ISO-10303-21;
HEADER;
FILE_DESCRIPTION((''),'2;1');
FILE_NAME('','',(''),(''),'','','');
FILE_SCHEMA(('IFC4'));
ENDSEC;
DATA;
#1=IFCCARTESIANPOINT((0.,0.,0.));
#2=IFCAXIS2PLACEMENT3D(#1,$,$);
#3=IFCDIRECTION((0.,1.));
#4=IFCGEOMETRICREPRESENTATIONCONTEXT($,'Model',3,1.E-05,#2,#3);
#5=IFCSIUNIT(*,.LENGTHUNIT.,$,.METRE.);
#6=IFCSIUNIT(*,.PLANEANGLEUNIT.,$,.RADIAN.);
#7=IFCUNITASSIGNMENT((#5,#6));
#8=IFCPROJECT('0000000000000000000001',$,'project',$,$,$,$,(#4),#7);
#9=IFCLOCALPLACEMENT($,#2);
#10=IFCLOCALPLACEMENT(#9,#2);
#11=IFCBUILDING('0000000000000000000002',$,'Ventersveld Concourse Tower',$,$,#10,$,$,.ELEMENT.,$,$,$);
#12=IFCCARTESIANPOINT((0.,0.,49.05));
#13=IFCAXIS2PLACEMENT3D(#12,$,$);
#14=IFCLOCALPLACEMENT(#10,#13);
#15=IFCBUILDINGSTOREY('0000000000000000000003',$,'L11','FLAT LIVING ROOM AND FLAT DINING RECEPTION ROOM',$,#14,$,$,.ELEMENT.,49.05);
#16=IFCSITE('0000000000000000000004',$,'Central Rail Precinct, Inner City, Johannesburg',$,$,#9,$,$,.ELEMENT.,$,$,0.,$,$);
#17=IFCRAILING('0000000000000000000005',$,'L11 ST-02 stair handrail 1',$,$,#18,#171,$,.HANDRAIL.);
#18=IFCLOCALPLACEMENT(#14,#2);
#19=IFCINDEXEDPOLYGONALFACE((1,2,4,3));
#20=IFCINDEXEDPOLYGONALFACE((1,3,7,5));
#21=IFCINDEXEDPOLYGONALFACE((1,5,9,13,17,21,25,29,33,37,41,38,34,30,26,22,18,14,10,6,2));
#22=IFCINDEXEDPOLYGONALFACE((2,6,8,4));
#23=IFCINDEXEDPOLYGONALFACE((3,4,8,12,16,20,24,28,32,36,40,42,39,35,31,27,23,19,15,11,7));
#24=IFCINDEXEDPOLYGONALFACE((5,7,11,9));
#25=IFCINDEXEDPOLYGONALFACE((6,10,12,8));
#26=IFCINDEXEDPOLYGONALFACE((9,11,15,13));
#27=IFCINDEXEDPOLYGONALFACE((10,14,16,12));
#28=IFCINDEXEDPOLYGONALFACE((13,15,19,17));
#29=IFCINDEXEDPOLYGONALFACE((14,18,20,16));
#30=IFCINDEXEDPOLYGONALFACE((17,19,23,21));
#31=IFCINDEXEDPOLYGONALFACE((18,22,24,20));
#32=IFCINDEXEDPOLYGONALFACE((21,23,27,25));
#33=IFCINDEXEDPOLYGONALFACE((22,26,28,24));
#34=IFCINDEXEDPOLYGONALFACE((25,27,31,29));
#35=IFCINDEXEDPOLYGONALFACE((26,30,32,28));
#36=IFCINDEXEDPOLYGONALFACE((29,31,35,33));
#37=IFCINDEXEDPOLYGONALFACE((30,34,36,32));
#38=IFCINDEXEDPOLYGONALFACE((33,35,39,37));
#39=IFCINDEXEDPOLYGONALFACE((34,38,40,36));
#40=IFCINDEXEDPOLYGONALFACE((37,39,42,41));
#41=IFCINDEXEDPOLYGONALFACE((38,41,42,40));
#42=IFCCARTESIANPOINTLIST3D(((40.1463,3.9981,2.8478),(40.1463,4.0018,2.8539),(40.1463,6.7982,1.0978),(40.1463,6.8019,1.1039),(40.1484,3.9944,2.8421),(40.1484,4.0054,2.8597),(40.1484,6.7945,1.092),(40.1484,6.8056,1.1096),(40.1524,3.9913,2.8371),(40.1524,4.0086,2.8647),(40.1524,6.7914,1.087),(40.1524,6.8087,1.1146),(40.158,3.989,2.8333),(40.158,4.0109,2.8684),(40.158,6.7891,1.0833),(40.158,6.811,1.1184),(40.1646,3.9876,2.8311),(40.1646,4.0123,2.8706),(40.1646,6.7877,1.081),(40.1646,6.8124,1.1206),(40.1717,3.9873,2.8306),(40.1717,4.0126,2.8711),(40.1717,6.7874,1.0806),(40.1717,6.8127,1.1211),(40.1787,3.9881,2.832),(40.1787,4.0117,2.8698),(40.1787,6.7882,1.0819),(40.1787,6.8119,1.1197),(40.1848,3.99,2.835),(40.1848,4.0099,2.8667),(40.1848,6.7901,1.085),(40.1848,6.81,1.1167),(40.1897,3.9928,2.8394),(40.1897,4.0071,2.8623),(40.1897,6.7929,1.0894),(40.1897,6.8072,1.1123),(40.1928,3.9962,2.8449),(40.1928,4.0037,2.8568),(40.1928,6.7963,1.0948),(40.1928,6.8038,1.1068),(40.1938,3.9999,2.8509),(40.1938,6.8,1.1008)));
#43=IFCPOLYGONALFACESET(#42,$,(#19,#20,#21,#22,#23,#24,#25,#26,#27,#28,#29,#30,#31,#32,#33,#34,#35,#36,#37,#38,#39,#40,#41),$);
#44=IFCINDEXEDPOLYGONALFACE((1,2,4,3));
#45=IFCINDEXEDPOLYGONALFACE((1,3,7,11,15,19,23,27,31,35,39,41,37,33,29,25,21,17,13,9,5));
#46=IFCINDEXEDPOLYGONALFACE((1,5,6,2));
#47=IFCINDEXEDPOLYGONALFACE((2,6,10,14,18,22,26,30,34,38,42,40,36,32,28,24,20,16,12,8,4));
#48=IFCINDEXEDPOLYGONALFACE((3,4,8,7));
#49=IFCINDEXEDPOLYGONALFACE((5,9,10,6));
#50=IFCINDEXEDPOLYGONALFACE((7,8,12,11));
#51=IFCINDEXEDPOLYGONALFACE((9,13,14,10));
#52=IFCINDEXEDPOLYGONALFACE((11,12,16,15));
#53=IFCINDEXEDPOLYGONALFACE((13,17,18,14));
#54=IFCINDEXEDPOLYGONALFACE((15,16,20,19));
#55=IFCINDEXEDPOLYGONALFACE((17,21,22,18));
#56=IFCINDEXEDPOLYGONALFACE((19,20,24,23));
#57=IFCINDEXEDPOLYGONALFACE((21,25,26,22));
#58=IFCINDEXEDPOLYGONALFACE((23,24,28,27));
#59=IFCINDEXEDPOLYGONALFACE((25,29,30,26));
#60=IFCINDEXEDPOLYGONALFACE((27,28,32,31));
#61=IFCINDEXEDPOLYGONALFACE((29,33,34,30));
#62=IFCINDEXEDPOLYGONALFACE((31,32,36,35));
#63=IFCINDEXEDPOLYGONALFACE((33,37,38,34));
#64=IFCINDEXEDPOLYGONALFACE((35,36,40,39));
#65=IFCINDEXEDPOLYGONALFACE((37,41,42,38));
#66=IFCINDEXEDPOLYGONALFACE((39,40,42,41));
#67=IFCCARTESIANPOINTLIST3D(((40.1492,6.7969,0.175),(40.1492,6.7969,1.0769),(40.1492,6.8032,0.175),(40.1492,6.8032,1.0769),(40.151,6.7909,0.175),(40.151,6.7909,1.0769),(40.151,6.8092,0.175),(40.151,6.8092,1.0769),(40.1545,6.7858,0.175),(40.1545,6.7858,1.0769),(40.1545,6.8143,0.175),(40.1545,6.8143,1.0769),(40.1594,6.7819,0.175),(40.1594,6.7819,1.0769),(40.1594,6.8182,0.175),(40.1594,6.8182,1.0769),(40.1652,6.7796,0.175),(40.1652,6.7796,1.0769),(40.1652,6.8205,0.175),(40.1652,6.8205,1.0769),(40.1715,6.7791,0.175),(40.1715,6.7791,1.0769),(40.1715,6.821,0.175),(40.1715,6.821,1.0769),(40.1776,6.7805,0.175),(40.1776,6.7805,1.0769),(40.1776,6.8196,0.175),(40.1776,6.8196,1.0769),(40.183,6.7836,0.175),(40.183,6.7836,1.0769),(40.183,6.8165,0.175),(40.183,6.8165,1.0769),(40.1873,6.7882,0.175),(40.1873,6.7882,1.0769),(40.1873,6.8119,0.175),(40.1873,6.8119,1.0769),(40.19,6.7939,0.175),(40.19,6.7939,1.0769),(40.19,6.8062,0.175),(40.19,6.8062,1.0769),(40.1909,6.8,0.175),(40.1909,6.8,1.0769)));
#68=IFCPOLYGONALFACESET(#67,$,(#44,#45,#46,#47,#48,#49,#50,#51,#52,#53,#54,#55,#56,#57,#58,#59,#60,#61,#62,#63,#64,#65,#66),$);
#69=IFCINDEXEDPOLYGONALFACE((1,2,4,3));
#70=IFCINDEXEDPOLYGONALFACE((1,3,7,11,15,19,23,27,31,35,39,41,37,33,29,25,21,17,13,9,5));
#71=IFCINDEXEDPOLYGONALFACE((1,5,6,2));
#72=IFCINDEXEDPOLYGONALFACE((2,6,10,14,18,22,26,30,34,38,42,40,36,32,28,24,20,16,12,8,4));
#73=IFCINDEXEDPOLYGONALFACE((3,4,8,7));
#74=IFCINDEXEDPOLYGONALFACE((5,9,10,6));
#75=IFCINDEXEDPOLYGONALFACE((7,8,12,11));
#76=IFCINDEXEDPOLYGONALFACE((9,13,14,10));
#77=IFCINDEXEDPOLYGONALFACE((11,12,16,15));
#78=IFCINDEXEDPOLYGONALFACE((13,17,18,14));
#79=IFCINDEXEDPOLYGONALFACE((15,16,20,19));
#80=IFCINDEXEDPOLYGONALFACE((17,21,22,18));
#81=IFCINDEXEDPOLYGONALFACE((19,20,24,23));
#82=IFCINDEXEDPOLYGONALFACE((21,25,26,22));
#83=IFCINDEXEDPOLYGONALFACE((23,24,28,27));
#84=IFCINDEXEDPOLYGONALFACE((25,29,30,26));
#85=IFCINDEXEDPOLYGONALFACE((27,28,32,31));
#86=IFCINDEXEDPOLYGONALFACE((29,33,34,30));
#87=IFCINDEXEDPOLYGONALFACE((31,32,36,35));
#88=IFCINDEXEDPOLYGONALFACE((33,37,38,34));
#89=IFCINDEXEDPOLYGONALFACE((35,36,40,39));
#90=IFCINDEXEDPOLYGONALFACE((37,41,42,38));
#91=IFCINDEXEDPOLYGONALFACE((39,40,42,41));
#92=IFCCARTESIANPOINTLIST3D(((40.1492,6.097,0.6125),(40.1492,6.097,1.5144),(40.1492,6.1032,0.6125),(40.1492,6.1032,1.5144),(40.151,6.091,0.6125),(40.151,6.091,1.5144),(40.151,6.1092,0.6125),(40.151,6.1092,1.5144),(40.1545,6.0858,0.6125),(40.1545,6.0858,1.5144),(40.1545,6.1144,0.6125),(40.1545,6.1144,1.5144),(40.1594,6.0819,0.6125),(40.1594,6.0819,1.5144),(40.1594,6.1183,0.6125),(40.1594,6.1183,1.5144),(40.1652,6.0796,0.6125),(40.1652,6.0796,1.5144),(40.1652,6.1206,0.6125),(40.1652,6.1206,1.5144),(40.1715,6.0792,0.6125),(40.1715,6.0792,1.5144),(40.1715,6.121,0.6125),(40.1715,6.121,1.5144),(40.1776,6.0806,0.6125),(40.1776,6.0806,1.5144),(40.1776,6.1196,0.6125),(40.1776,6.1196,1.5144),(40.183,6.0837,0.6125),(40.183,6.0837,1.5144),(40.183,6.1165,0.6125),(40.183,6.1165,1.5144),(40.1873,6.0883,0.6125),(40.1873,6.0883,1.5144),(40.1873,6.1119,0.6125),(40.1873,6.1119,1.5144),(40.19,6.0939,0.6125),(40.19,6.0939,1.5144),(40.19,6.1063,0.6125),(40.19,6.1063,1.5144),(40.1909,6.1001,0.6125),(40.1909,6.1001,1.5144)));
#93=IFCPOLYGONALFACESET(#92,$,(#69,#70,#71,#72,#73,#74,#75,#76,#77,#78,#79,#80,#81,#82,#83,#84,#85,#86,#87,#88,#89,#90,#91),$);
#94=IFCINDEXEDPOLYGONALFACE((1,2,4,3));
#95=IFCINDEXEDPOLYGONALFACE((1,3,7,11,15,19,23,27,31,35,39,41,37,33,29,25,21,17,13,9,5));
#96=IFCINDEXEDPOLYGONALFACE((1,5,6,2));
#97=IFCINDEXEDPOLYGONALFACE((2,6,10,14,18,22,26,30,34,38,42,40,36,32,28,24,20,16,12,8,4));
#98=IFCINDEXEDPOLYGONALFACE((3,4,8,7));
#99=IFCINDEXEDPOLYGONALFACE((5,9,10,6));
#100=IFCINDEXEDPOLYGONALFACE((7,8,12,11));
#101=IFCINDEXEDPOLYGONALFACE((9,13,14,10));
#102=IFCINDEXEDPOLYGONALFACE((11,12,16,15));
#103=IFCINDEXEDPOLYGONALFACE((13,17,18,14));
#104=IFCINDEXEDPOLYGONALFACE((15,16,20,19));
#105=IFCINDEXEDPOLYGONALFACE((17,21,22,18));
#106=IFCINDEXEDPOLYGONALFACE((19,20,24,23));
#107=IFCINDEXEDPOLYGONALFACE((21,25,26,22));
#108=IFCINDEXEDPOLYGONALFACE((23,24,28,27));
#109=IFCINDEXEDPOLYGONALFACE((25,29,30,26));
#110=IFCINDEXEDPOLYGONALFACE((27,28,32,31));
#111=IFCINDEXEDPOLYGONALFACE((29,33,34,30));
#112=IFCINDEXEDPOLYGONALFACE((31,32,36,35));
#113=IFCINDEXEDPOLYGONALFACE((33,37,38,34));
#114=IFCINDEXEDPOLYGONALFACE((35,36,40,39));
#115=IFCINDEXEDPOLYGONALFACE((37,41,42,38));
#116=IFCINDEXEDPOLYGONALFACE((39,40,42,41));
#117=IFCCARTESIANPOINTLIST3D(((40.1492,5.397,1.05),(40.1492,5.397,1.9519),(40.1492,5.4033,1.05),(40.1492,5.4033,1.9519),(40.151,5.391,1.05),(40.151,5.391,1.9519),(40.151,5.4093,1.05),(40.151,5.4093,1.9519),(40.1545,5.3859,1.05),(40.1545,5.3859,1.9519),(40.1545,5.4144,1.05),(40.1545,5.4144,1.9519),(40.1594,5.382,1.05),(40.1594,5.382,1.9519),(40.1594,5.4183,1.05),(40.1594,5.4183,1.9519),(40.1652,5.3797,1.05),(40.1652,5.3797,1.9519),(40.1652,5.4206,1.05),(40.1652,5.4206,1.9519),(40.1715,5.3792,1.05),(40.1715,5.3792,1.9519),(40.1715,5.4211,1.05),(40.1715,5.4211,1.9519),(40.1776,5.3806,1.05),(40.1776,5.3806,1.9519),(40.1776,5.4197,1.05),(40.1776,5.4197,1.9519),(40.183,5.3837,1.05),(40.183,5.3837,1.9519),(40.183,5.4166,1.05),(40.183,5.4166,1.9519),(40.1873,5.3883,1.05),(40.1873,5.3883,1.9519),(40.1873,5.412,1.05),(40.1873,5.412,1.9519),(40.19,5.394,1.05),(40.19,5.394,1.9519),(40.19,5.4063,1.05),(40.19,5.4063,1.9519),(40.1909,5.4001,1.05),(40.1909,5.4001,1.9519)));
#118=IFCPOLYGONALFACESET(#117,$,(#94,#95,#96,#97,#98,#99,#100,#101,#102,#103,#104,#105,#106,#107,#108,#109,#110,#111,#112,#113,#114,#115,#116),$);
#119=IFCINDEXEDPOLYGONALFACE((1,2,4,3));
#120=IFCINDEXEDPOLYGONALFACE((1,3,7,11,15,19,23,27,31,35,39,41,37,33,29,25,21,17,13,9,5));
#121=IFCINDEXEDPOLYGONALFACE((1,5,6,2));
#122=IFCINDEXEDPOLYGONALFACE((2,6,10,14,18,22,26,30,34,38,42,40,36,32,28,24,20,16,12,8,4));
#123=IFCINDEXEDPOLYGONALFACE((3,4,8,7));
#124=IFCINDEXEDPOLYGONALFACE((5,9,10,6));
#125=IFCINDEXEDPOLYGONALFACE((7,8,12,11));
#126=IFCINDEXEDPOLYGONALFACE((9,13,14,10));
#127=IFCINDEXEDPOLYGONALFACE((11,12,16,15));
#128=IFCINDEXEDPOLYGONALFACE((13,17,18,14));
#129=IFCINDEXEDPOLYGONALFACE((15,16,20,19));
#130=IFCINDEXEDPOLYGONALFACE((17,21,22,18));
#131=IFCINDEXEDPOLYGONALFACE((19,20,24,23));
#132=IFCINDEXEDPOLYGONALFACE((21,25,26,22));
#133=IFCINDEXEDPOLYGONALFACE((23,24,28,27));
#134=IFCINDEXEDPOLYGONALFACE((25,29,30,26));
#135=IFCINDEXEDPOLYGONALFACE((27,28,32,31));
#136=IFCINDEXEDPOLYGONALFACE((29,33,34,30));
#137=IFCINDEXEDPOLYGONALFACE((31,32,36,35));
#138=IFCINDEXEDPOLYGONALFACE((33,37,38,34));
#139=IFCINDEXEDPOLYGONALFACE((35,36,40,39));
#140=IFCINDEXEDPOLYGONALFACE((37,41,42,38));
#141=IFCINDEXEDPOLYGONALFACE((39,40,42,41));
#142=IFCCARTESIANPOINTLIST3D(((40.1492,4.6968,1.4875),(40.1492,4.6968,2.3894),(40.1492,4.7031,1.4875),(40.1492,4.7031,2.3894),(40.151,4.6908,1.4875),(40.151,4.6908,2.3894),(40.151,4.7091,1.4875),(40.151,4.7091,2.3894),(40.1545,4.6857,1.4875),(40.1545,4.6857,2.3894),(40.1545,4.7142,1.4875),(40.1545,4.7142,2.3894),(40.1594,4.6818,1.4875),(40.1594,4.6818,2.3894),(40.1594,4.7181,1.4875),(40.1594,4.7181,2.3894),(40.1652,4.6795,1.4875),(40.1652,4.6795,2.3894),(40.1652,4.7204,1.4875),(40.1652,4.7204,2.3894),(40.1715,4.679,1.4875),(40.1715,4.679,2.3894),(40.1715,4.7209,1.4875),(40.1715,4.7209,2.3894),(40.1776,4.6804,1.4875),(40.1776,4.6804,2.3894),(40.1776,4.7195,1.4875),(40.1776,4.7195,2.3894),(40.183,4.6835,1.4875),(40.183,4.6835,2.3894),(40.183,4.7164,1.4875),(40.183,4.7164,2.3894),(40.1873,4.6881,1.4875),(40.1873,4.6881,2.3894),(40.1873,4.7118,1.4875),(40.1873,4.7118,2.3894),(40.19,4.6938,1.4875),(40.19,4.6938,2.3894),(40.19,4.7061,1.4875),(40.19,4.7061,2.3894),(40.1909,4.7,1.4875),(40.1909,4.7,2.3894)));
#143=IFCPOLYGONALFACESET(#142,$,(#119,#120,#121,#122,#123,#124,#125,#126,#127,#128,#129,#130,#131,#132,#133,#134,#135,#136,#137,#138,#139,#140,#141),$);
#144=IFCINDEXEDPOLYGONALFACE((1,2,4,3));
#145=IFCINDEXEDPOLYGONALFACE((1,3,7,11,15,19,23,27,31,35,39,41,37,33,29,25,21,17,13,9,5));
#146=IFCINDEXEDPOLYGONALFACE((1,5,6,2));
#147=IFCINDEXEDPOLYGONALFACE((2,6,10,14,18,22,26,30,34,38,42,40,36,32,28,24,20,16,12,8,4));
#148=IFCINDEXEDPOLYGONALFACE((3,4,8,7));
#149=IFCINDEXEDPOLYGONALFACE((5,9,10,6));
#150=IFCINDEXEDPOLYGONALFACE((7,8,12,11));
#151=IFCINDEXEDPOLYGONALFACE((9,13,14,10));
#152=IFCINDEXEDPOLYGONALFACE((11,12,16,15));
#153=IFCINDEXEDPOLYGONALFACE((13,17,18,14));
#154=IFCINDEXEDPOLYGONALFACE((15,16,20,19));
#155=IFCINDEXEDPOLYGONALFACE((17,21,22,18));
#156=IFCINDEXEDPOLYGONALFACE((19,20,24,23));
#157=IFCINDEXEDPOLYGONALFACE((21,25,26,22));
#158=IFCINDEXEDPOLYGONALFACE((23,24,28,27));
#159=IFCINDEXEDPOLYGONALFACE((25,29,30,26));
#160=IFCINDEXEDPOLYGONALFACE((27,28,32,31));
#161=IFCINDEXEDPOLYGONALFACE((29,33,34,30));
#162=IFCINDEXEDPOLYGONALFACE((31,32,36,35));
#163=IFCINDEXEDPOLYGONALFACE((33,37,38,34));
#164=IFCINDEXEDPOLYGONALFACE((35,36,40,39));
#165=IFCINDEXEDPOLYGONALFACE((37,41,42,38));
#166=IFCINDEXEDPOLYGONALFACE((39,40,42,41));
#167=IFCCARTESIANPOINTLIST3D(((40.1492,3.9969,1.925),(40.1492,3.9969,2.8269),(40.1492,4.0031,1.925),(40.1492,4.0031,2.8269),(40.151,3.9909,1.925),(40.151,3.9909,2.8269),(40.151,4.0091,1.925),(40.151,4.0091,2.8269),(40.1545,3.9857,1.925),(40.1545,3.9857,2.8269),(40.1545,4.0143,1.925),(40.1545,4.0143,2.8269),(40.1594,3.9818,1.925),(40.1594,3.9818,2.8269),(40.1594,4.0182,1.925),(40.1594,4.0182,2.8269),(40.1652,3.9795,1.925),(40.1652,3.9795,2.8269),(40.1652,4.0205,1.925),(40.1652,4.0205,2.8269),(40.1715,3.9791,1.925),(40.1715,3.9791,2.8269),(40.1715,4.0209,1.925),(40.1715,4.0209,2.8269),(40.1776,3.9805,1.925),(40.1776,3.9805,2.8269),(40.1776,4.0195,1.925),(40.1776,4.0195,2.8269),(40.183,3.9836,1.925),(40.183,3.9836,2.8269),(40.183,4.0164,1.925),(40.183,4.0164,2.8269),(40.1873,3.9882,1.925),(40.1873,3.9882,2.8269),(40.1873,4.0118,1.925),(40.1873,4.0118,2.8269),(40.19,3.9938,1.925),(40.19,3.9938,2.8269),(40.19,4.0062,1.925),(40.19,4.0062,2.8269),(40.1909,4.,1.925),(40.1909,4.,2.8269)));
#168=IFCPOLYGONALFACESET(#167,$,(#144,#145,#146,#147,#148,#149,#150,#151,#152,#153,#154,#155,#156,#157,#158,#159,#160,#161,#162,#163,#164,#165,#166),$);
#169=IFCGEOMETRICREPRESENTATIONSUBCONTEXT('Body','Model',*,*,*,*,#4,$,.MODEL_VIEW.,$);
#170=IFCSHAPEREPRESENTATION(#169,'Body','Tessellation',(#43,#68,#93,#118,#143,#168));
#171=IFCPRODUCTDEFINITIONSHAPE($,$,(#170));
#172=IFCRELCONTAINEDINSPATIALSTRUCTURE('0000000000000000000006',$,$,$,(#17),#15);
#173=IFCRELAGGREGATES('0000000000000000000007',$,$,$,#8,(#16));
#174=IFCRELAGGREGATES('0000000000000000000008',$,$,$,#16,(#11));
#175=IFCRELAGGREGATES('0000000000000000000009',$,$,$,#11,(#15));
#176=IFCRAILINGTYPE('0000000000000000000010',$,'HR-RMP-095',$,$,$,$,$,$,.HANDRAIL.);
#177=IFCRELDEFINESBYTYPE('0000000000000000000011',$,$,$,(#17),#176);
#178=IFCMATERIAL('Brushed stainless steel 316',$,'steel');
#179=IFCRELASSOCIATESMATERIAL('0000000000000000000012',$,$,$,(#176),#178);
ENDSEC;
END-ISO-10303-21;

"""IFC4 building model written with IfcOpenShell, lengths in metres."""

from ifc_helpers import new_model, si_unit, direction, frame, origin, origin_2d, place, context, subcontext, project, spatial, circle, extrude, material, type_object, element, save


model = new_model("IFC4")

# Units and contexts
model_context = context("Model", 3, precision=1e-05, world=origin(), true_north=direction((0.0, 1.0)))
body_context = subcontext(model_context, "Body", "Model", "MODEL_VIEW")
ifc_project = project(units=[si_unit("LENGTHUNIT", "METRE"), si_unit("PLANEANGLEUNIT", "RADIAN")], contexts=[model_context])

# Site, building, storey
site_placement = place(None, origin())
site = spatial("IfcSite", under=ifc_project, at=site_placement, Name="Central Rail Precinct, Inner City, Johannesburg", CompositionType="ELEMENT", RefElevation=0.0)
building_placement = place(site_placement, origin())
building = spatial("IfcBuilding", under=site, at=building_placement, Name="Ventersveld Concourse Tower", CompositionType="ELEMENT")
storey_placement = place(building_placement, frame((0.0, 0.0, 49.05)))
storey = spatial("IfcBuildingStorey", under=building, at=storey_placement, Name="L11", Description="FLAT LIVING ROOM AND FLAT DINING RECEPTION ROOM", CompositionType="ELEMENT", Elevation=49.05)

# Railing
ifc_material_1 = material(Name="Brushed stainless steel 316", Category="steel")
railing_type_1 = type_object("IfcRailingType", Name="HR-RMP-095", PredefinedType="HANDRAIL", material=ifc_material_1)
railing_1_placement = place(storey_placement, frame((40.1699, 6.8, 0.175)))
element("IfcRailing", 1, at=railing_1_placement, inside=storey, type_object=railing_type_1, Name="L11 ST-02 stair handrail 1", PredefinedType="HANDRAIL", context=body_context, shape_type="SweptSolid", body=[
    extrude(circle(Radius=0.0239, at=origin_2d()), frame((0.0, 0.0, 0.9258), z_axis=(0.0, -0.848002, 0.529992), x_axis=(1.0, 0.0, 0.0)), (0.0, 0.0, 1.0), 3.302),
    extrude(circle(Radius=0.021, at=origin_2d()), origin(), (0.0, 0.0, 1.0), 0.9019),
    extrude(circle(Radius=0.021, at=origin_2d()), frame((0.0, -0.7, 0.4375)), (0.0, 0.0, 1.0), 0.9019),
    extrude(circle(Radius=0.021, at=origin_2d()), frame((0.0, -1.3999, 0.875)), (0.0, 0.0, 1.0), 0.9019),
    extrude(circle(Radius=0.021, at=origin_2d()), frame((0.0, -2.1001, 1.3125)), (0.0, 0.0, 1.0), 0.9019),
    extrude(circle(Radius=0.021, at=origin_2d()), frame((0.0, -2.8, 1.75)), (0.0, 0.0, 1.0), 0.9019),
])

save(model, "model.ifc")
